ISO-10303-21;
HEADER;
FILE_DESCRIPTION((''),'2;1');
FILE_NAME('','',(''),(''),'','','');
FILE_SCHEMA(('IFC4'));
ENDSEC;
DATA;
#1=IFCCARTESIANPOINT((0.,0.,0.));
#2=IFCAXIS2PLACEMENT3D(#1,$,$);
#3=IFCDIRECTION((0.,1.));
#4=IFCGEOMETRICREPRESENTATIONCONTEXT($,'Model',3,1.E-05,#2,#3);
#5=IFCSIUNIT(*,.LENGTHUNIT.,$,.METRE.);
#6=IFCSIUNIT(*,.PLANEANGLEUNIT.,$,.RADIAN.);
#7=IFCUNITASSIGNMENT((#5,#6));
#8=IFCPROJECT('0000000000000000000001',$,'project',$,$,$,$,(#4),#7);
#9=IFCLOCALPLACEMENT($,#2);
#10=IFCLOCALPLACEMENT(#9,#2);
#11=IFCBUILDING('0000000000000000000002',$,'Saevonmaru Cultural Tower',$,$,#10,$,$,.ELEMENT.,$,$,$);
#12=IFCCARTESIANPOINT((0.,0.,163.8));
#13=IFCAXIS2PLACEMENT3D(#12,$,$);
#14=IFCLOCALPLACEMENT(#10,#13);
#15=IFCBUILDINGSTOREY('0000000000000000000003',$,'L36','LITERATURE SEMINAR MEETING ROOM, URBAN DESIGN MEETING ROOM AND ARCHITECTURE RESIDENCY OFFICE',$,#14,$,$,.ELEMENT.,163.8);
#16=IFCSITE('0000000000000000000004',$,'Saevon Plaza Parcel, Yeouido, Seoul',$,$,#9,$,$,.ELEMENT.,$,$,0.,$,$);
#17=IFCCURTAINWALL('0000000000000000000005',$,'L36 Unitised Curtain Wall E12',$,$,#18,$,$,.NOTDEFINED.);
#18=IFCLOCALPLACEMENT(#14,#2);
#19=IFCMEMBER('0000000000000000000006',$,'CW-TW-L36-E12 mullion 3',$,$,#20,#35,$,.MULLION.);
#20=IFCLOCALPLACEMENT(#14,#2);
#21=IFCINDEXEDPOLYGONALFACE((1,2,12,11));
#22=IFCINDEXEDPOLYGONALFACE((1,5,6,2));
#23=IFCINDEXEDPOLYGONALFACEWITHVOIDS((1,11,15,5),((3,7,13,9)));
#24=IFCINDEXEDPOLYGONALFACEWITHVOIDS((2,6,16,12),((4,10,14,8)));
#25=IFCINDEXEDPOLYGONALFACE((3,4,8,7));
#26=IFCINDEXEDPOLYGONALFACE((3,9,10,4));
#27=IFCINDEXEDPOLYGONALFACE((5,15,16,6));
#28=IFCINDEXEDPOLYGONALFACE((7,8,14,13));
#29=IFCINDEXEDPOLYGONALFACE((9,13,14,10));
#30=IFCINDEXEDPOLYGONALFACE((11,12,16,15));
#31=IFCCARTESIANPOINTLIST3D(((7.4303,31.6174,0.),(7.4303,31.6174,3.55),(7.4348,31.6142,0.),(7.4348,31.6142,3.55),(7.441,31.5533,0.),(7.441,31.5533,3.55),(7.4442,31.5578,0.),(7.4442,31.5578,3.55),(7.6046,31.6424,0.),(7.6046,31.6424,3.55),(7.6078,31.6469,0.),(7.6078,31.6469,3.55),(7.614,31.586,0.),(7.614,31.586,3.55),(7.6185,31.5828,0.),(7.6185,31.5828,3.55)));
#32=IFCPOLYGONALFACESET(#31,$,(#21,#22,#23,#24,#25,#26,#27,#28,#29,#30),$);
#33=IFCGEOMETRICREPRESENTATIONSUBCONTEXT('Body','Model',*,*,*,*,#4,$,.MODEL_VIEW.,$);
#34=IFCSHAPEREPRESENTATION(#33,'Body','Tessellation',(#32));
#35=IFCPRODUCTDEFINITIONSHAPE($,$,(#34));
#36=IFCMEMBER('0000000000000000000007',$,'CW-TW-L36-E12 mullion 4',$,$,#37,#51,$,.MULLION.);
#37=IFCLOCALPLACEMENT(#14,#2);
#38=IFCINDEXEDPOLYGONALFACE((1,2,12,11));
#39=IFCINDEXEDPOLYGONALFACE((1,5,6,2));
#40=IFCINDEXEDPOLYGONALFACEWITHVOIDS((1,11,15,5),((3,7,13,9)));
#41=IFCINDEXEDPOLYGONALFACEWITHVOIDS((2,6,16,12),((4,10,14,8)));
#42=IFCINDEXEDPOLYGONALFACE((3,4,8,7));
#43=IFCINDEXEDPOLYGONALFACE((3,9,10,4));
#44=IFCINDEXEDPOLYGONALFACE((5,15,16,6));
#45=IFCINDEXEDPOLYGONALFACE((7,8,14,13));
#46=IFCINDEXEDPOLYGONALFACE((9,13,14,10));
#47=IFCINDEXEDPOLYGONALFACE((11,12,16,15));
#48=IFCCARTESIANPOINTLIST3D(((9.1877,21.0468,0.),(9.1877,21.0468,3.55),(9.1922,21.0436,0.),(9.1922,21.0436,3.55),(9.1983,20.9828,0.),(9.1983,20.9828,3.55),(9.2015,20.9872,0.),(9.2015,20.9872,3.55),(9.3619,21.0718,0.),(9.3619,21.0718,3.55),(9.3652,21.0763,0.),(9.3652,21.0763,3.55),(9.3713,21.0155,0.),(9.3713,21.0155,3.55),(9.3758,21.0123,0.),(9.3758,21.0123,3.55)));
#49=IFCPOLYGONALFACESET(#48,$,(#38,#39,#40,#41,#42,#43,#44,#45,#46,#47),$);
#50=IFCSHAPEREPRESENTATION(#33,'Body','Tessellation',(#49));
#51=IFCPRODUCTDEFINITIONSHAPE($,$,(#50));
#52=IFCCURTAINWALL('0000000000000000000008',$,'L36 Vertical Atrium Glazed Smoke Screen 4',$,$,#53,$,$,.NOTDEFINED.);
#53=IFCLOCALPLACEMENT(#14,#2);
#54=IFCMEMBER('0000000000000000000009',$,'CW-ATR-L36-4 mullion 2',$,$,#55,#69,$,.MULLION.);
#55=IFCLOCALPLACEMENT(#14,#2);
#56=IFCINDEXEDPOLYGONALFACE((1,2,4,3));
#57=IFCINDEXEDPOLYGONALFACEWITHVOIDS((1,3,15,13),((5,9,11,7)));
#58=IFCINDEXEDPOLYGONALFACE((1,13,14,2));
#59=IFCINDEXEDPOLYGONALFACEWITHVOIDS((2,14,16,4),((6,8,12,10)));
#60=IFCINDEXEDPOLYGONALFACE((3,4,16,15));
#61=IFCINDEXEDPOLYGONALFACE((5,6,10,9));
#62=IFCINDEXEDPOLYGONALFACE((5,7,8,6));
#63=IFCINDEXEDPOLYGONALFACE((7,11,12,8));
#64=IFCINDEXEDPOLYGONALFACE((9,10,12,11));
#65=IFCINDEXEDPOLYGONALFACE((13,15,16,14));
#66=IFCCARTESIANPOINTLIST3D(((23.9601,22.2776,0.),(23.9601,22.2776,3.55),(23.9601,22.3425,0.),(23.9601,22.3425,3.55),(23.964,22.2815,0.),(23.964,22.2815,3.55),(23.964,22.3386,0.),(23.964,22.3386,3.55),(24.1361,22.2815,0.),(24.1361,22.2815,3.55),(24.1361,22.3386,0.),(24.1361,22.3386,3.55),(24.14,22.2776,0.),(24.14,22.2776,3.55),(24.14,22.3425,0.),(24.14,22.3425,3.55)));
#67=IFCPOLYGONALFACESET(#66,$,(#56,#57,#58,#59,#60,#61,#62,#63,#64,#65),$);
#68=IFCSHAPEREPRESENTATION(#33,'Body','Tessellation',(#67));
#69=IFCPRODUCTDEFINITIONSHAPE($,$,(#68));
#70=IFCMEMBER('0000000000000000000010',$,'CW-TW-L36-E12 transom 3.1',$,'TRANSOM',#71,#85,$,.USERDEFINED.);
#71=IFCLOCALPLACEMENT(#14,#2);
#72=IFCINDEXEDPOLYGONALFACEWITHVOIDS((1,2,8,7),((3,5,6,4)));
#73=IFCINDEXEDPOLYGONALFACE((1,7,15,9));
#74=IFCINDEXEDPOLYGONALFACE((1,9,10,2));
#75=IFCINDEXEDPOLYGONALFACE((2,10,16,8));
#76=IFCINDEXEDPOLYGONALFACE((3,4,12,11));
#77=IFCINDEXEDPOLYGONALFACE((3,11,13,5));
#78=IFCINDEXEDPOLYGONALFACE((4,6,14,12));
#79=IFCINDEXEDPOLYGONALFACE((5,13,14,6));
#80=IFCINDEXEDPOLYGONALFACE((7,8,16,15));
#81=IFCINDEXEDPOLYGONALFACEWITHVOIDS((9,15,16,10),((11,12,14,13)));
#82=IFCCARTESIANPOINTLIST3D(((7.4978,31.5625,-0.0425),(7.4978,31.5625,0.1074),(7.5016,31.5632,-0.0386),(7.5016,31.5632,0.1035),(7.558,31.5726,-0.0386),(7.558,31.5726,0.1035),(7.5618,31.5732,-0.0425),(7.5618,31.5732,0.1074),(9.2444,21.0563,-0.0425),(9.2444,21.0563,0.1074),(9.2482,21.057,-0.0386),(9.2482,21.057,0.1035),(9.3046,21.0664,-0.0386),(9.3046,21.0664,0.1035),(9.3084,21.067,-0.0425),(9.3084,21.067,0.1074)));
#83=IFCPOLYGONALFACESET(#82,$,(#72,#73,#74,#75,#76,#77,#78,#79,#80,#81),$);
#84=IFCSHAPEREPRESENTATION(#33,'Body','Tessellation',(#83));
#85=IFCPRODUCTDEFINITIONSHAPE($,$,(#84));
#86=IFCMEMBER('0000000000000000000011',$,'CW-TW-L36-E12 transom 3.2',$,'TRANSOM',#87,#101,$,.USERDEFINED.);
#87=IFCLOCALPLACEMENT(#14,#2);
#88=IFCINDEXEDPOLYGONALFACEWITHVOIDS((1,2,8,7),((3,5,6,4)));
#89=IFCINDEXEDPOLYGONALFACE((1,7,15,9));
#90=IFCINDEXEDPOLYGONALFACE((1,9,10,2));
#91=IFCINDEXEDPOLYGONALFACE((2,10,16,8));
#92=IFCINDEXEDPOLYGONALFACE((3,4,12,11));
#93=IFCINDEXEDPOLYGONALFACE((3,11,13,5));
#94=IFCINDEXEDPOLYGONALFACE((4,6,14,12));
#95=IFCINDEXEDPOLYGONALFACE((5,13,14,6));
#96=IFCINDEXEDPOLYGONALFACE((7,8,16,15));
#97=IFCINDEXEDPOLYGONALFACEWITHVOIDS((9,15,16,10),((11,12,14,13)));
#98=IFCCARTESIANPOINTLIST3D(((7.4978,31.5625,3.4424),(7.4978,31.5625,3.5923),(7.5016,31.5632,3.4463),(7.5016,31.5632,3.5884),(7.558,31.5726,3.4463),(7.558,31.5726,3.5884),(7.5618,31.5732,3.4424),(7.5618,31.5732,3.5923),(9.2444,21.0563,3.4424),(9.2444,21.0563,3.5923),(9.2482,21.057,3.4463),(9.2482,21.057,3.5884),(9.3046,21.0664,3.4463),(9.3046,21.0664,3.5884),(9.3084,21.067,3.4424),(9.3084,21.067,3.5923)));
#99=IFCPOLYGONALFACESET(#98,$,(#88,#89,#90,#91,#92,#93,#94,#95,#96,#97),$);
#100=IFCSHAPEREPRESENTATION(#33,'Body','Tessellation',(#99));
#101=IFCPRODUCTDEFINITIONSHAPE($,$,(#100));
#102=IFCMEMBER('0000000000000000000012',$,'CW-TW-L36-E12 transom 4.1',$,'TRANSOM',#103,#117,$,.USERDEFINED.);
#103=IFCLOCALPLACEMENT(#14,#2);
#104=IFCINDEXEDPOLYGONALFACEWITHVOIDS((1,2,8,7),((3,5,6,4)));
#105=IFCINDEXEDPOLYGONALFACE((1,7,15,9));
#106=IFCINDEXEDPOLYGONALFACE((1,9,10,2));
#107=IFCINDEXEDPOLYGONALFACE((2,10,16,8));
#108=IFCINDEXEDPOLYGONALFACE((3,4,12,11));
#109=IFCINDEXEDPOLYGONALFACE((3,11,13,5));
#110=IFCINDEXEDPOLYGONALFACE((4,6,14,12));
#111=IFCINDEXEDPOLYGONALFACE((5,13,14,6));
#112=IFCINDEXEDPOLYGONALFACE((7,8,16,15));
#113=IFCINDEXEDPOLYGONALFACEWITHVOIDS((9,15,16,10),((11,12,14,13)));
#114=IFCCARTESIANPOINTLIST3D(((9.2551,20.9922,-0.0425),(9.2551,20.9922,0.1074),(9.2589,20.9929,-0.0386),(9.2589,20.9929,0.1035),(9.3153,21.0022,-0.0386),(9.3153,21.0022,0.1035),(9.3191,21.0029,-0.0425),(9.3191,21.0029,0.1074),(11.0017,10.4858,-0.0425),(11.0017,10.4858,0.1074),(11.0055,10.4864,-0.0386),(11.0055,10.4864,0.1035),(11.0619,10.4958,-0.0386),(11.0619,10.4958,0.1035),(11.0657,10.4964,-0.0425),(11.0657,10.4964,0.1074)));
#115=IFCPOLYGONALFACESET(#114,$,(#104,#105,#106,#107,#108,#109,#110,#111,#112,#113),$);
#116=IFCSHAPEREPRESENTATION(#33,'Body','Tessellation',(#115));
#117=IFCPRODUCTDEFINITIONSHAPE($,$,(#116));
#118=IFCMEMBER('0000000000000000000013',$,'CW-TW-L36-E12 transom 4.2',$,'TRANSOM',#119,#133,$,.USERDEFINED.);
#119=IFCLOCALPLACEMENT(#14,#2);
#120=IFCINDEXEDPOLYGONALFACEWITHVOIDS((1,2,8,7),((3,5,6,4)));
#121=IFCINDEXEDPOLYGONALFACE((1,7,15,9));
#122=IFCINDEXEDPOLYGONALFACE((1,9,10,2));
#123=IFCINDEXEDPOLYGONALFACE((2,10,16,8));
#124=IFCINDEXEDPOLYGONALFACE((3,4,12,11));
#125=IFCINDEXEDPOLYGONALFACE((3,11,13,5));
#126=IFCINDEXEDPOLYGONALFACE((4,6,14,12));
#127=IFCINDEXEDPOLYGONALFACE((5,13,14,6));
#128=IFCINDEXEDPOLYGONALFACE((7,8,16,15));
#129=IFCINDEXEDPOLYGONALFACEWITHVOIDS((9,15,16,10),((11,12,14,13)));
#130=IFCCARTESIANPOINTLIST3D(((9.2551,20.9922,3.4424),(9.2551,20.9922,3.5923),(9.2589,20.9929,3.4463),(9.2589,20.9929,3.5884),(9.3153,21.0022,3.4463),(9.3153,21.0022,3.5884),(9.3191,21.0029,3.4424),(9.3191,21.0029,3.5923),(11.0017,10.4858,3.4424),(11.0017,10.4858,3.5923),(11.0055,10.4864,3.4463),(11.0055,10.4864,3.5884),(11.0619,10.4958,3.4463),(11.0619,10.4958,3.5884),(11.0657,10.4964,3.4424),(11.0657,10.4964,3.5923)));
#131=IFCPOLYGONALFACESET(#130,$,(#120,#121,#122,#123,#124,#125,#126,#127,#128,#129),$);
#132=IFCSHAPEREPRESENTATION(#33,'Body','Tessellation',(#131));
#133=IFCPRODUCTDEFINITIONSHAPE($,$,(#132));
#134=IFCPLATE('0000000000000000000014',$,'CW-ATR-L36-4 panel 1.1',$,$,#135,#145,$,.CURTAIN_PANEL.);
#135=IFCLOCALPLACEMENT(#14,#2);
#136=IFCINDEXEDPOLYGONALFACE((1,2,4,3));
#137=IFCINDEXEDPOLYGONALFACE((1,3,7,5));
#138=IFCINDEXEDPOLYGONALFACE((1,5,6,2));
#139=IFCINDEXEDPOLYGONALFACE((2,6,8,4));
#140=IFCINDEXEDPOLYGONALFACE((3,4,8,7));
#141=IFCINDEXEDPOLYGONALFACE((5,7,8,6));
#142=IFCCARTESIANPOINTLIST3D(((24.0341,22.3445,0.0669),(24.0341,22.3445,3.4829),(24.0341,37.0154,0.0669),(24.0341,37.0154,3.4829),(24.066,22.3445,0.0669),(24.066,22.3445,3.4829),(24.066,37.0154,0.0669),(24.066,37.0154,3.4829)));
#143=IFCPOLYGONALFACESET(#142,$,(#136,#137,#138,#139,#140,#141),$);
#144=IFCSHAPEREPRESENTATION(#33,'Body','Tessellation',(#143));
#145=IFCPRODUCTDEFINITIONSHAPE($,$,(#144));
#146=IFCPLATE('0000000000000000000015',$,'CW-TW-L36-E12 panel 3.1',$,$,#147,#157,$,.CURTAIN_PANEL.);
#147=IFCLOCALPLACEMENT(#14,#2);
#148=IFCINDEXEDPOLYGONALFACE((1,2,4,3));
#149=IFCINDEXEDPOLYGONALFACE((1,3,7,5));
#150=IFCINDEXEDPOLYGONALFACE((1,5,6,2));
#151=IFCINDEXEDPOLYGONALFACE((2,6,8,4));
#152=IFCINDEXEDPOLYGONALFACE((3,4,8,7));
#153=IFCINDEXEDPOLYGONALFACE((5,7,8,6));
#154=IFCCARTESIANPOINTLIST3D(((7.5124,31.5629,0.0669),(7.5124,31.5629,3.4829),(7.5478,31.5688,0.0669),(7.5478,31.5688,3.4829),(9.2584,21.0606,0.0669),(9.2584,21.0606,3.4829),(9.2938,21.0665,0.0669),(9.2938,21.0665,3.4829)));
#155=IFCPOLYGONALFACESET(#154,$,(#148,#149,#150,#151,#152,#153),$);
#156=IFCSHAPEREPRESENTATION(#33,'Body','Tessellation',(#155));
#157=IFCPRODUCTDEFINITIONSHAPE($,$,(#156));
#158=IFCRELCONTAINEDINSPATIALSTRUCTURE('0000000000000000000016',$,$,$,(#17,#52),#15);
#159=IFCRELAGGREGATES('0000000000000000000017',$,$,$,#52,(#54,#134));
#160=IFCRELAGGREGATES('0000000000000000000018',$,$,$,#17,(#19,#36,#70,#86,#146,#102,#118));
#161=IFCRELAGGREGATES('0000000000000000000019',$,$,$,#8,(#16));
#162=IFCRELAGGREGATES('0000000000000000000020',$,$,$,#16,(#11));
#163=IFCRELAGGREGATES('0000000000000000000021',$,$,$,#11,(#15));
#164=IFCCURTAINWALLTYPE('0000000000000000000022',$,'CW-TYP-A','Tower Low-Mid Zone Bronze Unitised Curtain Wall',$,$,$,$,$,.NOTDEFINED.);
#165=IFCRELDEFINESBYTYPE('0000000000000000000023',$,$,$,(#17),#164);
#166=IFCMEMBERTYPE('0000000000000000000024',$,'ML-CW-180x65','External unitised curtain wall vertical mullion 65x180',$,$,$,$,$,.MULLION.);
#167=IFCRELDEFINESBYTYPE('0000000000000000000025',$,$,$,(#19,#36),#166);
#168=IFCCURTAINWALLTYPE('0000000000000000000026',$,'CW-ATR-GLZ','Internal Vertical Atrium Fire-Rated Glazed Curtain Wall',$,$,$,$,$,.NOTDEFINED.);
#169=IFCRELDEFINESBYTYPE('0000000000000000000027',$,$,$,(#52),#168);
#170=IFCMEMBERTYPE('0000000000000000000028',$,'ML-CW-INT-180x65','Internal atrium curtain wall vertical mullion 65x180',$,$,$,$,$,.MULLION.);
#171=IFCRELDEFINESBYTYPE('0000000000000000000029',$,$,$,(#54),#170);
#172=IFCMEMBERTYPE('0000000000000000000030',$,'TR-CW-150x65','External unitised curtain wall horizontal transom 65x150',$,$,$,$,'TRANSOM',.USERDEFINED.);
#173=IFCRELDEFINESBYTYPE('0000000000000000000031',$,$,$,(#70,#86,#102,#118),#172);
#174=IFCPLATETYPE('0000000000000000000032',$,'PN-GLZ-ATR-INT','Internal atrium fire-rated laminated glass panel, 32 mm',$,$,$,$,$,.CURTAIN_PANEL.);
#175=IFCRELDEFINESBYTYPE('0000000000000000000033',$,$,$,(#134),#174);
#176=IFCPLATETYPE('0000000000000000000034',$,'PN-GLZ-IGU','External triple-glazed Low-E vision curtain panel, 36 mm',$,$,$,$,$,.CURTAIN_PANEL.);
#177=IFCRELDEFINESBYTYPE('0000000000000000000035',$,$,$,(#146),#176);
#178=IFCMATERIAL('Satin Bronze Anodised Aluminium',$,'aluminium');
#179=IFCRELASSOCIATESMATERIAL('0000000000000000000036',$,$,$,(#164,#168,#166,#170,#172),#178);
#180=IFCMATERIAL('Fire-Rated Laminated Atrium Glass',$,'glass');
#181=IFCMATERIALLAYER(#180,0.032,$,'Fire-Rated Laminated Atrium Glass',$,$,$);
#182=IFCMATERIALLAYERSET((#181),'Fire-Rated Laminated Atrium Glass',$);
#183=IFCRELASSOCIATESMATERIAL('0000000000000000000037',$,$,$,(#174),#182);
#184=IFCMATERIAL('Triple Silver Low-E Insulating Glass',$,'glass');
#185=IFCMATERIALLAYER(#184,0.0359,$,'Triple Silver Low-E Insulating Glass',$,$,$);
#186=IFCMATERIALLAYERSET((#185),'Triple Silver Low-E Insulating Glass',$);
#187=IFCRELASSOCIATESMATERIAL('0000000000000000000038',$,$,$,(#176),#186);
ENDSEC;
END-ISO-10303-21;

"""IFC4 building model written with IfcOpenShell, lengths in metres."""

from ifc_helpers import new_model, si_unit, direction, frame, origin, origin_2d, place, context, subcontext, project, spatial, rectangle, hollow_rectangle, extrude, material, layer, layer_set, material_profile, profile_set, type_object, element, aggregate, save


model = new_model("IFC4")

# Units and contexts
model_context = context("Model", 3, precision=1e-05, world=origin(), true_north=direction((0.0, 1.0)))
body_context = subcontext(model_context, "Body", "Model", "MODEL_VIEW")
ifc_project = project(units=[si_unit("LENGTHUNIT", "METRE"), si_unit("PLANEANGLEUNIT", "RADIAN")], contexts=[model_context])

# Site, building, storey
site_placement = place(None, origin())
site = spatial("IfcSite", under=ifc_project, at=site_placement, Name="Saevon Plaza Parcel, Yeouido, Seoul", CompositionType="ELEMENT", RefElevation=0.0)
building_placement = place(site_placement, origin())
building = spatial("IfcBuilding", under=site, at=building_placement, Name="Saevonmaru Cultural Tower", CompositionType="ELEMENT")
storey_placement = place(building_placement, frame((0.0, 0.0, 163.8)))
storey = spatial("IfcBuildingStorey", under=building, at=storey_placement, Name="L36", Description="LITERATURE SEMINAR MEETING ROOM, URBAN DESIGN MEETING ROOM AND ARCHITECTURE RESIDENCY OFFICE", CompositionType="ELEMENT", Elevation=163.8)

# Curtain wall, members
ifc_material_1 = material(Name="Satin Bronze Anodised Aluminium", Category="aluminium")
curtain_wall_type_1 = type_object("IfcCurtainWallType", Name="CW-TYP-A", Description="Tower Low-Mid Zone Bronze Unitised Curtain Wall", PredefinedType="NOTDEFINED", material=ifc_material_1)
curtain_wall_1_placement = place(storey_placement, origin())
curtain_wall_1 = element("IfcCurtainWall", 1, at=curtain_wall_1_placement, inside=storey, type_object=curtain_wall_type_1, Name="L36 Unitised Curtain Wall E12", PredefinedType="NOTDEFINED")
ifc_material_profile_1 = material_profile(ifc_material_1, hollow_rectangle(XDim=0.0649, YDim=0.1799, WallThickness=0.0039, at=origin_2d()), Name="ALU-MULL-180x65x4")
ifc_profile_set_1 = profile_set([ifc_material_profile_1], Name="Satin Bronze Anodised Aluminium")
member_type_1 = type_object("IfcMemberType", Name="ML-CW-180x65", Description="External unitised curtain wall vertical mullion 65x180", PredefinedType="MULLION", material=ifc_profile_set_1)
member_1_placement = place(storey_placement, frame((7.5244, 31.6001, 0.0), z_axis=(0.0, 0.0, 1.0), x_axis=(0.163999, -0.986461, 0.0)))
member_1 = element("IfcMember", 2, at=member_1_placement, type_object=member_type_1, Name="CW-TW-L36-E12 mullion 3", PredefinedType="MULLION", context=body_context, shape_type="SweptSolid", body=[
    extrude(hollow_rectangle(XDim=0.0649, YDim=0.1799, WallThickness=0.0039, at=origin_2d()), origin(), (0.0, 0.0, 1.0), 3.55),
])
member_2_placement = place(storey_placement, frame((9.2817, 21.0295, 0.0), z_axis=(0.0, 0.0, 1.0), x_axis=(0.163999, -0.986461, 0.0)))
member_2 = element("IfcMember", 3, at=member_2_placement, type_object=member_type_1, Name="CW-TW-L36-E12 mullion 4", PredefinedType="MULLION", context=body_context, shape_type="SweptSolid", body=[
    extrude(hollow_rectangle(XDim=0.0649, YDim=0.1799, WallThickness=0.0039, at=origin_2d()), origin(), (0.0, 0.0, 1.0), 3.55),
])

# Curtain wall, member
curtain_wall_type_2 = type_object("IfcCurtainWallType", Name="CW-ATR-GLZ", Description="Internal Vertical Atrium Fire-Rated Glazed Curtain Wall", PredefinedType="NOTDEFINED", material=ifc_material_1)
curtain_wall_2_placement = place(storey_placement, origin())
curtain_wall_2 = element("IfcCurtainWall", 4, at=curtain_wall_2_placement, inside=storey, type_object=curtain_wall_type_2, Name="L36 Vertical Atrium Glazed Smoke Screen 4", PredefinedType="NOTDEFINED")
ifc_material_profile_2 = material_profile(ifc_material_1, hollow_rectangle(XDim=0.0649, YDim=0.1799, WallThickness=0.0039, at=origin_2d()), Name="ALU-MULL-180x65x4")
ifc_profile_set_2 = profile_set([ifc_material_profile_2], Name="Satin Bronze Anodised Aluminium")
member_type_2 = type_object("IfcMemberType", Name="ML-CW-INT-180x65", Description="Internal atrium curtain wall vertical mullion 65x180", PredefinedType="MULLION", material=ifc_profile_set_2)
member_3_placement = place(storey_placement, frame((24.05, 22.3101, 0.0), z_axis=(0.0, 0.0, 1.0), x_axis=(0.0, -1.0, 0.0)))
member_3 = element("IfcMember", 5, at=member_3_placement, type_object=member_type_2, Name="CW-ATR-L36-4 mullion 2", PredefinedType="MULLION", context=body_context, shape_type="SweptSolid", body=[
    extrude(hollow_rectangle(XDim=0.0649, YDim=0.1799, WallThickness=0.0039, at=origin_2d()), origin(), (0.0, 0.0, 1.0), 3.55),
])

# Members
ifc_material_profile_3 = material_profile(ifc_material_1, hollow_rectangle(XDim=0.0649, YDim=0.1499, WallThickness=0.0039, at=origin_2d()), Name="ALU-TRAN-150x65x4")
ifc_profile_set_3 = profile_set([ifc_material_profile_3], Name="Satin Bronze Anodised Aluminium")
member_type_3 = type_object("IfcMemberType", Name="TR-CW-150x65", Description="External unitised curtain wall horizontal transom 65x150", ElementType="TRANSOM", PredefinedType="USERDEFINED", material=ifc_profile_set_3)
member_4_placement = place(storey_placement, frame((7.5298, 31.5679, 0.0325), z_axis=(0.163994, -0.986461, 0.0), x_axis=(0.986461, 0.163994, 0.0)))
member_4 = element("IfcMember", 6, at=member_4_placement, type_object=member_type_3, Name="CW-TW-L36-E12 transom 3.1", ObjectType="TRANSOM", PredefinedType="USERDEFINED", context=body_context, shape_type="SweptSolid", body=[
    extrude(hollow_rectangle(XDim=0.0649, YDim=0.1499, WallThickness=0.0039, at=origin_2d()), origin(), (0.0, 0.0, 1.0), 10.6504),
])
member_5_placement = place(storey_placement, frame((7.5298, 31.5679, 3.5173), z_axis=(0.163994, -0.986461, 0.0), x_axis=(0.986461, 0.163994, 0.0)))
member_5 = element("IfcMember", 7, at=member_5_placement, type_object=member_type_3, Name="CW-TW-L36-E12 transom 3.2", ObjectType="TRANSOM", PredefinedType="USERDEFINED", context=body_context, shape_type="SweptSolid", body=[
    extrude(hollow_rectangle(XDim=0.0649, YDim=0.1499, WallThickness=0.0039, at=origin_2d()), origin(), (0.0, 0.0, 1.0), 10.6504),
])
member_6_placement = place(storey_placement, frame((9.2871, 20.9976, 0.0325), z_axis=(0.16399, -0.986462, 0.0), x_axis=(0.986462, 0.16399, 0.0)))
member_6 = element("IfcMember", 8, at=member_6_placement, type_object=member_type_3, Name="CW-TW-L36-E12 transom 4.1", ObjectType="TRANSOM", PredefinedType="USERDEFINED", context=body_context, shape_type="SweptSolid", body=[
    extrude(hollow_rectangle(XDim=0.0649, YDim=0.1499, WallThickness=0.0039, at=origin_2d()), origin(), (0.0, 0.0, 1.0), 10.6506),
])
member_7_placement = place(storey_placement, frame((9.2871, 20.9976, 3.5173), z_axis=(0.16399, -0.986462, 0.0), x_axis=(0.986462, 0.16399, 0.0)))
member_7 = element("IfcMember", 9, at=member_7_placement, type_object=member_type_3, Name="CW-TW-L36-E12 transom 4.2", ObjectType="TRANSOM", PredefinedType="USERDEFINED", context=body_context, shape_type="SweptSolid", body=[
    extrude(hollow_rectangle(XDim=0.0649, YDim=0.1499, WallThickness=0.0039, at=origin_2d()), origin(), (0.0, 0.0, 1.0), 10.6506),
])

# Plates
ifc_material_2 = material(Name="Fire-Rated Laminated Atrium Glass", Category="glass")
ifc_layer_1 = layer(ifc_material_2, 0.032, Name="Fire-Rated Laminated Atrium Glass")
ifc_layer_set_1 = layer_set([ifc_layer_1], Name="Fire-Rated Laminated Atrium Glass")
plate_type_1 = type_object("IfcPlateType", Name="PN-GLZ-ATR-INT", Description="Internal atrium fire-rated laminated glass panel, 32 mm", PredefinedType="CURTAIN_PANEL", material=ifc_layer_set_1)
plate_1_placement = place(storey_placement, frame((24.05, 29.6799, 0.0669), z_axis=(0.0, 0.0, 1.0), x_axis=(0.0, -1.0, 0.0)))
plate_1 = element("IfcPlate", 10, at=plate_1_placement, type_object=plate_type_1, Name="CW-ATR-L36-4 panel 1.1", PredefinedType="CURTAIN_PANEL", context=body_context, shape_type="SweptSolid", body=[
    extrude(rectangle(XDim=14.6709, YDim=0.032, at=origin_2d()), origin(), (0.0, 0.0, 1.0), 3.416),
])
aggregate(curtain_wall_2, [member_3, plate_1])
ifc_material_3 = material(Name="Triple Silver Low-E Insulating Glass", Category="glass")
ifc_layer_2 = layer(ifc_material_3, 0.0359, Name="Triple Silver Low-E Insulating Glass")
ifc_layer_set_2 = layer_set([ifc_layer_2], Name="Triple Silver Low-E Insulating Glass")
plate_type_2 = type_object("IfcPlateType", Name="PN-GLZ-IGU", Description="External triple-glazed Low-E vision curtain panel, 36 mm", PredefinedType="CURTAIN_PANEL", material=ifc_layer_set_2)
plate_2_placement = place(storey_placement, frame((8.4031, 26.3147, 0.0669), z_axis=(0.0, 0.0, 1.0), x_axis=(0.163999, -0.986461, 0.0)))
plate_2 = element("IfcPlate", 11, at=plate_2_placement, type_object=plate_type_2, Name="CW-TW-L36-E12 panel 3.1", PredefinedType="CURTAIN_PANEL", context=body_context, shape_type="SweptSolid", body=[
    extrude(rectangle(XDim=10.6465, YDim=0.0359, at=origin_2d()), origin(), (0.0, 0.0, 1.0), 3.416),
])
aggregate(curtain_wall_1, [member_1, member_2, member_4, member_5, plate_2, member_6, member_7])

save(model, "model.ifc")
